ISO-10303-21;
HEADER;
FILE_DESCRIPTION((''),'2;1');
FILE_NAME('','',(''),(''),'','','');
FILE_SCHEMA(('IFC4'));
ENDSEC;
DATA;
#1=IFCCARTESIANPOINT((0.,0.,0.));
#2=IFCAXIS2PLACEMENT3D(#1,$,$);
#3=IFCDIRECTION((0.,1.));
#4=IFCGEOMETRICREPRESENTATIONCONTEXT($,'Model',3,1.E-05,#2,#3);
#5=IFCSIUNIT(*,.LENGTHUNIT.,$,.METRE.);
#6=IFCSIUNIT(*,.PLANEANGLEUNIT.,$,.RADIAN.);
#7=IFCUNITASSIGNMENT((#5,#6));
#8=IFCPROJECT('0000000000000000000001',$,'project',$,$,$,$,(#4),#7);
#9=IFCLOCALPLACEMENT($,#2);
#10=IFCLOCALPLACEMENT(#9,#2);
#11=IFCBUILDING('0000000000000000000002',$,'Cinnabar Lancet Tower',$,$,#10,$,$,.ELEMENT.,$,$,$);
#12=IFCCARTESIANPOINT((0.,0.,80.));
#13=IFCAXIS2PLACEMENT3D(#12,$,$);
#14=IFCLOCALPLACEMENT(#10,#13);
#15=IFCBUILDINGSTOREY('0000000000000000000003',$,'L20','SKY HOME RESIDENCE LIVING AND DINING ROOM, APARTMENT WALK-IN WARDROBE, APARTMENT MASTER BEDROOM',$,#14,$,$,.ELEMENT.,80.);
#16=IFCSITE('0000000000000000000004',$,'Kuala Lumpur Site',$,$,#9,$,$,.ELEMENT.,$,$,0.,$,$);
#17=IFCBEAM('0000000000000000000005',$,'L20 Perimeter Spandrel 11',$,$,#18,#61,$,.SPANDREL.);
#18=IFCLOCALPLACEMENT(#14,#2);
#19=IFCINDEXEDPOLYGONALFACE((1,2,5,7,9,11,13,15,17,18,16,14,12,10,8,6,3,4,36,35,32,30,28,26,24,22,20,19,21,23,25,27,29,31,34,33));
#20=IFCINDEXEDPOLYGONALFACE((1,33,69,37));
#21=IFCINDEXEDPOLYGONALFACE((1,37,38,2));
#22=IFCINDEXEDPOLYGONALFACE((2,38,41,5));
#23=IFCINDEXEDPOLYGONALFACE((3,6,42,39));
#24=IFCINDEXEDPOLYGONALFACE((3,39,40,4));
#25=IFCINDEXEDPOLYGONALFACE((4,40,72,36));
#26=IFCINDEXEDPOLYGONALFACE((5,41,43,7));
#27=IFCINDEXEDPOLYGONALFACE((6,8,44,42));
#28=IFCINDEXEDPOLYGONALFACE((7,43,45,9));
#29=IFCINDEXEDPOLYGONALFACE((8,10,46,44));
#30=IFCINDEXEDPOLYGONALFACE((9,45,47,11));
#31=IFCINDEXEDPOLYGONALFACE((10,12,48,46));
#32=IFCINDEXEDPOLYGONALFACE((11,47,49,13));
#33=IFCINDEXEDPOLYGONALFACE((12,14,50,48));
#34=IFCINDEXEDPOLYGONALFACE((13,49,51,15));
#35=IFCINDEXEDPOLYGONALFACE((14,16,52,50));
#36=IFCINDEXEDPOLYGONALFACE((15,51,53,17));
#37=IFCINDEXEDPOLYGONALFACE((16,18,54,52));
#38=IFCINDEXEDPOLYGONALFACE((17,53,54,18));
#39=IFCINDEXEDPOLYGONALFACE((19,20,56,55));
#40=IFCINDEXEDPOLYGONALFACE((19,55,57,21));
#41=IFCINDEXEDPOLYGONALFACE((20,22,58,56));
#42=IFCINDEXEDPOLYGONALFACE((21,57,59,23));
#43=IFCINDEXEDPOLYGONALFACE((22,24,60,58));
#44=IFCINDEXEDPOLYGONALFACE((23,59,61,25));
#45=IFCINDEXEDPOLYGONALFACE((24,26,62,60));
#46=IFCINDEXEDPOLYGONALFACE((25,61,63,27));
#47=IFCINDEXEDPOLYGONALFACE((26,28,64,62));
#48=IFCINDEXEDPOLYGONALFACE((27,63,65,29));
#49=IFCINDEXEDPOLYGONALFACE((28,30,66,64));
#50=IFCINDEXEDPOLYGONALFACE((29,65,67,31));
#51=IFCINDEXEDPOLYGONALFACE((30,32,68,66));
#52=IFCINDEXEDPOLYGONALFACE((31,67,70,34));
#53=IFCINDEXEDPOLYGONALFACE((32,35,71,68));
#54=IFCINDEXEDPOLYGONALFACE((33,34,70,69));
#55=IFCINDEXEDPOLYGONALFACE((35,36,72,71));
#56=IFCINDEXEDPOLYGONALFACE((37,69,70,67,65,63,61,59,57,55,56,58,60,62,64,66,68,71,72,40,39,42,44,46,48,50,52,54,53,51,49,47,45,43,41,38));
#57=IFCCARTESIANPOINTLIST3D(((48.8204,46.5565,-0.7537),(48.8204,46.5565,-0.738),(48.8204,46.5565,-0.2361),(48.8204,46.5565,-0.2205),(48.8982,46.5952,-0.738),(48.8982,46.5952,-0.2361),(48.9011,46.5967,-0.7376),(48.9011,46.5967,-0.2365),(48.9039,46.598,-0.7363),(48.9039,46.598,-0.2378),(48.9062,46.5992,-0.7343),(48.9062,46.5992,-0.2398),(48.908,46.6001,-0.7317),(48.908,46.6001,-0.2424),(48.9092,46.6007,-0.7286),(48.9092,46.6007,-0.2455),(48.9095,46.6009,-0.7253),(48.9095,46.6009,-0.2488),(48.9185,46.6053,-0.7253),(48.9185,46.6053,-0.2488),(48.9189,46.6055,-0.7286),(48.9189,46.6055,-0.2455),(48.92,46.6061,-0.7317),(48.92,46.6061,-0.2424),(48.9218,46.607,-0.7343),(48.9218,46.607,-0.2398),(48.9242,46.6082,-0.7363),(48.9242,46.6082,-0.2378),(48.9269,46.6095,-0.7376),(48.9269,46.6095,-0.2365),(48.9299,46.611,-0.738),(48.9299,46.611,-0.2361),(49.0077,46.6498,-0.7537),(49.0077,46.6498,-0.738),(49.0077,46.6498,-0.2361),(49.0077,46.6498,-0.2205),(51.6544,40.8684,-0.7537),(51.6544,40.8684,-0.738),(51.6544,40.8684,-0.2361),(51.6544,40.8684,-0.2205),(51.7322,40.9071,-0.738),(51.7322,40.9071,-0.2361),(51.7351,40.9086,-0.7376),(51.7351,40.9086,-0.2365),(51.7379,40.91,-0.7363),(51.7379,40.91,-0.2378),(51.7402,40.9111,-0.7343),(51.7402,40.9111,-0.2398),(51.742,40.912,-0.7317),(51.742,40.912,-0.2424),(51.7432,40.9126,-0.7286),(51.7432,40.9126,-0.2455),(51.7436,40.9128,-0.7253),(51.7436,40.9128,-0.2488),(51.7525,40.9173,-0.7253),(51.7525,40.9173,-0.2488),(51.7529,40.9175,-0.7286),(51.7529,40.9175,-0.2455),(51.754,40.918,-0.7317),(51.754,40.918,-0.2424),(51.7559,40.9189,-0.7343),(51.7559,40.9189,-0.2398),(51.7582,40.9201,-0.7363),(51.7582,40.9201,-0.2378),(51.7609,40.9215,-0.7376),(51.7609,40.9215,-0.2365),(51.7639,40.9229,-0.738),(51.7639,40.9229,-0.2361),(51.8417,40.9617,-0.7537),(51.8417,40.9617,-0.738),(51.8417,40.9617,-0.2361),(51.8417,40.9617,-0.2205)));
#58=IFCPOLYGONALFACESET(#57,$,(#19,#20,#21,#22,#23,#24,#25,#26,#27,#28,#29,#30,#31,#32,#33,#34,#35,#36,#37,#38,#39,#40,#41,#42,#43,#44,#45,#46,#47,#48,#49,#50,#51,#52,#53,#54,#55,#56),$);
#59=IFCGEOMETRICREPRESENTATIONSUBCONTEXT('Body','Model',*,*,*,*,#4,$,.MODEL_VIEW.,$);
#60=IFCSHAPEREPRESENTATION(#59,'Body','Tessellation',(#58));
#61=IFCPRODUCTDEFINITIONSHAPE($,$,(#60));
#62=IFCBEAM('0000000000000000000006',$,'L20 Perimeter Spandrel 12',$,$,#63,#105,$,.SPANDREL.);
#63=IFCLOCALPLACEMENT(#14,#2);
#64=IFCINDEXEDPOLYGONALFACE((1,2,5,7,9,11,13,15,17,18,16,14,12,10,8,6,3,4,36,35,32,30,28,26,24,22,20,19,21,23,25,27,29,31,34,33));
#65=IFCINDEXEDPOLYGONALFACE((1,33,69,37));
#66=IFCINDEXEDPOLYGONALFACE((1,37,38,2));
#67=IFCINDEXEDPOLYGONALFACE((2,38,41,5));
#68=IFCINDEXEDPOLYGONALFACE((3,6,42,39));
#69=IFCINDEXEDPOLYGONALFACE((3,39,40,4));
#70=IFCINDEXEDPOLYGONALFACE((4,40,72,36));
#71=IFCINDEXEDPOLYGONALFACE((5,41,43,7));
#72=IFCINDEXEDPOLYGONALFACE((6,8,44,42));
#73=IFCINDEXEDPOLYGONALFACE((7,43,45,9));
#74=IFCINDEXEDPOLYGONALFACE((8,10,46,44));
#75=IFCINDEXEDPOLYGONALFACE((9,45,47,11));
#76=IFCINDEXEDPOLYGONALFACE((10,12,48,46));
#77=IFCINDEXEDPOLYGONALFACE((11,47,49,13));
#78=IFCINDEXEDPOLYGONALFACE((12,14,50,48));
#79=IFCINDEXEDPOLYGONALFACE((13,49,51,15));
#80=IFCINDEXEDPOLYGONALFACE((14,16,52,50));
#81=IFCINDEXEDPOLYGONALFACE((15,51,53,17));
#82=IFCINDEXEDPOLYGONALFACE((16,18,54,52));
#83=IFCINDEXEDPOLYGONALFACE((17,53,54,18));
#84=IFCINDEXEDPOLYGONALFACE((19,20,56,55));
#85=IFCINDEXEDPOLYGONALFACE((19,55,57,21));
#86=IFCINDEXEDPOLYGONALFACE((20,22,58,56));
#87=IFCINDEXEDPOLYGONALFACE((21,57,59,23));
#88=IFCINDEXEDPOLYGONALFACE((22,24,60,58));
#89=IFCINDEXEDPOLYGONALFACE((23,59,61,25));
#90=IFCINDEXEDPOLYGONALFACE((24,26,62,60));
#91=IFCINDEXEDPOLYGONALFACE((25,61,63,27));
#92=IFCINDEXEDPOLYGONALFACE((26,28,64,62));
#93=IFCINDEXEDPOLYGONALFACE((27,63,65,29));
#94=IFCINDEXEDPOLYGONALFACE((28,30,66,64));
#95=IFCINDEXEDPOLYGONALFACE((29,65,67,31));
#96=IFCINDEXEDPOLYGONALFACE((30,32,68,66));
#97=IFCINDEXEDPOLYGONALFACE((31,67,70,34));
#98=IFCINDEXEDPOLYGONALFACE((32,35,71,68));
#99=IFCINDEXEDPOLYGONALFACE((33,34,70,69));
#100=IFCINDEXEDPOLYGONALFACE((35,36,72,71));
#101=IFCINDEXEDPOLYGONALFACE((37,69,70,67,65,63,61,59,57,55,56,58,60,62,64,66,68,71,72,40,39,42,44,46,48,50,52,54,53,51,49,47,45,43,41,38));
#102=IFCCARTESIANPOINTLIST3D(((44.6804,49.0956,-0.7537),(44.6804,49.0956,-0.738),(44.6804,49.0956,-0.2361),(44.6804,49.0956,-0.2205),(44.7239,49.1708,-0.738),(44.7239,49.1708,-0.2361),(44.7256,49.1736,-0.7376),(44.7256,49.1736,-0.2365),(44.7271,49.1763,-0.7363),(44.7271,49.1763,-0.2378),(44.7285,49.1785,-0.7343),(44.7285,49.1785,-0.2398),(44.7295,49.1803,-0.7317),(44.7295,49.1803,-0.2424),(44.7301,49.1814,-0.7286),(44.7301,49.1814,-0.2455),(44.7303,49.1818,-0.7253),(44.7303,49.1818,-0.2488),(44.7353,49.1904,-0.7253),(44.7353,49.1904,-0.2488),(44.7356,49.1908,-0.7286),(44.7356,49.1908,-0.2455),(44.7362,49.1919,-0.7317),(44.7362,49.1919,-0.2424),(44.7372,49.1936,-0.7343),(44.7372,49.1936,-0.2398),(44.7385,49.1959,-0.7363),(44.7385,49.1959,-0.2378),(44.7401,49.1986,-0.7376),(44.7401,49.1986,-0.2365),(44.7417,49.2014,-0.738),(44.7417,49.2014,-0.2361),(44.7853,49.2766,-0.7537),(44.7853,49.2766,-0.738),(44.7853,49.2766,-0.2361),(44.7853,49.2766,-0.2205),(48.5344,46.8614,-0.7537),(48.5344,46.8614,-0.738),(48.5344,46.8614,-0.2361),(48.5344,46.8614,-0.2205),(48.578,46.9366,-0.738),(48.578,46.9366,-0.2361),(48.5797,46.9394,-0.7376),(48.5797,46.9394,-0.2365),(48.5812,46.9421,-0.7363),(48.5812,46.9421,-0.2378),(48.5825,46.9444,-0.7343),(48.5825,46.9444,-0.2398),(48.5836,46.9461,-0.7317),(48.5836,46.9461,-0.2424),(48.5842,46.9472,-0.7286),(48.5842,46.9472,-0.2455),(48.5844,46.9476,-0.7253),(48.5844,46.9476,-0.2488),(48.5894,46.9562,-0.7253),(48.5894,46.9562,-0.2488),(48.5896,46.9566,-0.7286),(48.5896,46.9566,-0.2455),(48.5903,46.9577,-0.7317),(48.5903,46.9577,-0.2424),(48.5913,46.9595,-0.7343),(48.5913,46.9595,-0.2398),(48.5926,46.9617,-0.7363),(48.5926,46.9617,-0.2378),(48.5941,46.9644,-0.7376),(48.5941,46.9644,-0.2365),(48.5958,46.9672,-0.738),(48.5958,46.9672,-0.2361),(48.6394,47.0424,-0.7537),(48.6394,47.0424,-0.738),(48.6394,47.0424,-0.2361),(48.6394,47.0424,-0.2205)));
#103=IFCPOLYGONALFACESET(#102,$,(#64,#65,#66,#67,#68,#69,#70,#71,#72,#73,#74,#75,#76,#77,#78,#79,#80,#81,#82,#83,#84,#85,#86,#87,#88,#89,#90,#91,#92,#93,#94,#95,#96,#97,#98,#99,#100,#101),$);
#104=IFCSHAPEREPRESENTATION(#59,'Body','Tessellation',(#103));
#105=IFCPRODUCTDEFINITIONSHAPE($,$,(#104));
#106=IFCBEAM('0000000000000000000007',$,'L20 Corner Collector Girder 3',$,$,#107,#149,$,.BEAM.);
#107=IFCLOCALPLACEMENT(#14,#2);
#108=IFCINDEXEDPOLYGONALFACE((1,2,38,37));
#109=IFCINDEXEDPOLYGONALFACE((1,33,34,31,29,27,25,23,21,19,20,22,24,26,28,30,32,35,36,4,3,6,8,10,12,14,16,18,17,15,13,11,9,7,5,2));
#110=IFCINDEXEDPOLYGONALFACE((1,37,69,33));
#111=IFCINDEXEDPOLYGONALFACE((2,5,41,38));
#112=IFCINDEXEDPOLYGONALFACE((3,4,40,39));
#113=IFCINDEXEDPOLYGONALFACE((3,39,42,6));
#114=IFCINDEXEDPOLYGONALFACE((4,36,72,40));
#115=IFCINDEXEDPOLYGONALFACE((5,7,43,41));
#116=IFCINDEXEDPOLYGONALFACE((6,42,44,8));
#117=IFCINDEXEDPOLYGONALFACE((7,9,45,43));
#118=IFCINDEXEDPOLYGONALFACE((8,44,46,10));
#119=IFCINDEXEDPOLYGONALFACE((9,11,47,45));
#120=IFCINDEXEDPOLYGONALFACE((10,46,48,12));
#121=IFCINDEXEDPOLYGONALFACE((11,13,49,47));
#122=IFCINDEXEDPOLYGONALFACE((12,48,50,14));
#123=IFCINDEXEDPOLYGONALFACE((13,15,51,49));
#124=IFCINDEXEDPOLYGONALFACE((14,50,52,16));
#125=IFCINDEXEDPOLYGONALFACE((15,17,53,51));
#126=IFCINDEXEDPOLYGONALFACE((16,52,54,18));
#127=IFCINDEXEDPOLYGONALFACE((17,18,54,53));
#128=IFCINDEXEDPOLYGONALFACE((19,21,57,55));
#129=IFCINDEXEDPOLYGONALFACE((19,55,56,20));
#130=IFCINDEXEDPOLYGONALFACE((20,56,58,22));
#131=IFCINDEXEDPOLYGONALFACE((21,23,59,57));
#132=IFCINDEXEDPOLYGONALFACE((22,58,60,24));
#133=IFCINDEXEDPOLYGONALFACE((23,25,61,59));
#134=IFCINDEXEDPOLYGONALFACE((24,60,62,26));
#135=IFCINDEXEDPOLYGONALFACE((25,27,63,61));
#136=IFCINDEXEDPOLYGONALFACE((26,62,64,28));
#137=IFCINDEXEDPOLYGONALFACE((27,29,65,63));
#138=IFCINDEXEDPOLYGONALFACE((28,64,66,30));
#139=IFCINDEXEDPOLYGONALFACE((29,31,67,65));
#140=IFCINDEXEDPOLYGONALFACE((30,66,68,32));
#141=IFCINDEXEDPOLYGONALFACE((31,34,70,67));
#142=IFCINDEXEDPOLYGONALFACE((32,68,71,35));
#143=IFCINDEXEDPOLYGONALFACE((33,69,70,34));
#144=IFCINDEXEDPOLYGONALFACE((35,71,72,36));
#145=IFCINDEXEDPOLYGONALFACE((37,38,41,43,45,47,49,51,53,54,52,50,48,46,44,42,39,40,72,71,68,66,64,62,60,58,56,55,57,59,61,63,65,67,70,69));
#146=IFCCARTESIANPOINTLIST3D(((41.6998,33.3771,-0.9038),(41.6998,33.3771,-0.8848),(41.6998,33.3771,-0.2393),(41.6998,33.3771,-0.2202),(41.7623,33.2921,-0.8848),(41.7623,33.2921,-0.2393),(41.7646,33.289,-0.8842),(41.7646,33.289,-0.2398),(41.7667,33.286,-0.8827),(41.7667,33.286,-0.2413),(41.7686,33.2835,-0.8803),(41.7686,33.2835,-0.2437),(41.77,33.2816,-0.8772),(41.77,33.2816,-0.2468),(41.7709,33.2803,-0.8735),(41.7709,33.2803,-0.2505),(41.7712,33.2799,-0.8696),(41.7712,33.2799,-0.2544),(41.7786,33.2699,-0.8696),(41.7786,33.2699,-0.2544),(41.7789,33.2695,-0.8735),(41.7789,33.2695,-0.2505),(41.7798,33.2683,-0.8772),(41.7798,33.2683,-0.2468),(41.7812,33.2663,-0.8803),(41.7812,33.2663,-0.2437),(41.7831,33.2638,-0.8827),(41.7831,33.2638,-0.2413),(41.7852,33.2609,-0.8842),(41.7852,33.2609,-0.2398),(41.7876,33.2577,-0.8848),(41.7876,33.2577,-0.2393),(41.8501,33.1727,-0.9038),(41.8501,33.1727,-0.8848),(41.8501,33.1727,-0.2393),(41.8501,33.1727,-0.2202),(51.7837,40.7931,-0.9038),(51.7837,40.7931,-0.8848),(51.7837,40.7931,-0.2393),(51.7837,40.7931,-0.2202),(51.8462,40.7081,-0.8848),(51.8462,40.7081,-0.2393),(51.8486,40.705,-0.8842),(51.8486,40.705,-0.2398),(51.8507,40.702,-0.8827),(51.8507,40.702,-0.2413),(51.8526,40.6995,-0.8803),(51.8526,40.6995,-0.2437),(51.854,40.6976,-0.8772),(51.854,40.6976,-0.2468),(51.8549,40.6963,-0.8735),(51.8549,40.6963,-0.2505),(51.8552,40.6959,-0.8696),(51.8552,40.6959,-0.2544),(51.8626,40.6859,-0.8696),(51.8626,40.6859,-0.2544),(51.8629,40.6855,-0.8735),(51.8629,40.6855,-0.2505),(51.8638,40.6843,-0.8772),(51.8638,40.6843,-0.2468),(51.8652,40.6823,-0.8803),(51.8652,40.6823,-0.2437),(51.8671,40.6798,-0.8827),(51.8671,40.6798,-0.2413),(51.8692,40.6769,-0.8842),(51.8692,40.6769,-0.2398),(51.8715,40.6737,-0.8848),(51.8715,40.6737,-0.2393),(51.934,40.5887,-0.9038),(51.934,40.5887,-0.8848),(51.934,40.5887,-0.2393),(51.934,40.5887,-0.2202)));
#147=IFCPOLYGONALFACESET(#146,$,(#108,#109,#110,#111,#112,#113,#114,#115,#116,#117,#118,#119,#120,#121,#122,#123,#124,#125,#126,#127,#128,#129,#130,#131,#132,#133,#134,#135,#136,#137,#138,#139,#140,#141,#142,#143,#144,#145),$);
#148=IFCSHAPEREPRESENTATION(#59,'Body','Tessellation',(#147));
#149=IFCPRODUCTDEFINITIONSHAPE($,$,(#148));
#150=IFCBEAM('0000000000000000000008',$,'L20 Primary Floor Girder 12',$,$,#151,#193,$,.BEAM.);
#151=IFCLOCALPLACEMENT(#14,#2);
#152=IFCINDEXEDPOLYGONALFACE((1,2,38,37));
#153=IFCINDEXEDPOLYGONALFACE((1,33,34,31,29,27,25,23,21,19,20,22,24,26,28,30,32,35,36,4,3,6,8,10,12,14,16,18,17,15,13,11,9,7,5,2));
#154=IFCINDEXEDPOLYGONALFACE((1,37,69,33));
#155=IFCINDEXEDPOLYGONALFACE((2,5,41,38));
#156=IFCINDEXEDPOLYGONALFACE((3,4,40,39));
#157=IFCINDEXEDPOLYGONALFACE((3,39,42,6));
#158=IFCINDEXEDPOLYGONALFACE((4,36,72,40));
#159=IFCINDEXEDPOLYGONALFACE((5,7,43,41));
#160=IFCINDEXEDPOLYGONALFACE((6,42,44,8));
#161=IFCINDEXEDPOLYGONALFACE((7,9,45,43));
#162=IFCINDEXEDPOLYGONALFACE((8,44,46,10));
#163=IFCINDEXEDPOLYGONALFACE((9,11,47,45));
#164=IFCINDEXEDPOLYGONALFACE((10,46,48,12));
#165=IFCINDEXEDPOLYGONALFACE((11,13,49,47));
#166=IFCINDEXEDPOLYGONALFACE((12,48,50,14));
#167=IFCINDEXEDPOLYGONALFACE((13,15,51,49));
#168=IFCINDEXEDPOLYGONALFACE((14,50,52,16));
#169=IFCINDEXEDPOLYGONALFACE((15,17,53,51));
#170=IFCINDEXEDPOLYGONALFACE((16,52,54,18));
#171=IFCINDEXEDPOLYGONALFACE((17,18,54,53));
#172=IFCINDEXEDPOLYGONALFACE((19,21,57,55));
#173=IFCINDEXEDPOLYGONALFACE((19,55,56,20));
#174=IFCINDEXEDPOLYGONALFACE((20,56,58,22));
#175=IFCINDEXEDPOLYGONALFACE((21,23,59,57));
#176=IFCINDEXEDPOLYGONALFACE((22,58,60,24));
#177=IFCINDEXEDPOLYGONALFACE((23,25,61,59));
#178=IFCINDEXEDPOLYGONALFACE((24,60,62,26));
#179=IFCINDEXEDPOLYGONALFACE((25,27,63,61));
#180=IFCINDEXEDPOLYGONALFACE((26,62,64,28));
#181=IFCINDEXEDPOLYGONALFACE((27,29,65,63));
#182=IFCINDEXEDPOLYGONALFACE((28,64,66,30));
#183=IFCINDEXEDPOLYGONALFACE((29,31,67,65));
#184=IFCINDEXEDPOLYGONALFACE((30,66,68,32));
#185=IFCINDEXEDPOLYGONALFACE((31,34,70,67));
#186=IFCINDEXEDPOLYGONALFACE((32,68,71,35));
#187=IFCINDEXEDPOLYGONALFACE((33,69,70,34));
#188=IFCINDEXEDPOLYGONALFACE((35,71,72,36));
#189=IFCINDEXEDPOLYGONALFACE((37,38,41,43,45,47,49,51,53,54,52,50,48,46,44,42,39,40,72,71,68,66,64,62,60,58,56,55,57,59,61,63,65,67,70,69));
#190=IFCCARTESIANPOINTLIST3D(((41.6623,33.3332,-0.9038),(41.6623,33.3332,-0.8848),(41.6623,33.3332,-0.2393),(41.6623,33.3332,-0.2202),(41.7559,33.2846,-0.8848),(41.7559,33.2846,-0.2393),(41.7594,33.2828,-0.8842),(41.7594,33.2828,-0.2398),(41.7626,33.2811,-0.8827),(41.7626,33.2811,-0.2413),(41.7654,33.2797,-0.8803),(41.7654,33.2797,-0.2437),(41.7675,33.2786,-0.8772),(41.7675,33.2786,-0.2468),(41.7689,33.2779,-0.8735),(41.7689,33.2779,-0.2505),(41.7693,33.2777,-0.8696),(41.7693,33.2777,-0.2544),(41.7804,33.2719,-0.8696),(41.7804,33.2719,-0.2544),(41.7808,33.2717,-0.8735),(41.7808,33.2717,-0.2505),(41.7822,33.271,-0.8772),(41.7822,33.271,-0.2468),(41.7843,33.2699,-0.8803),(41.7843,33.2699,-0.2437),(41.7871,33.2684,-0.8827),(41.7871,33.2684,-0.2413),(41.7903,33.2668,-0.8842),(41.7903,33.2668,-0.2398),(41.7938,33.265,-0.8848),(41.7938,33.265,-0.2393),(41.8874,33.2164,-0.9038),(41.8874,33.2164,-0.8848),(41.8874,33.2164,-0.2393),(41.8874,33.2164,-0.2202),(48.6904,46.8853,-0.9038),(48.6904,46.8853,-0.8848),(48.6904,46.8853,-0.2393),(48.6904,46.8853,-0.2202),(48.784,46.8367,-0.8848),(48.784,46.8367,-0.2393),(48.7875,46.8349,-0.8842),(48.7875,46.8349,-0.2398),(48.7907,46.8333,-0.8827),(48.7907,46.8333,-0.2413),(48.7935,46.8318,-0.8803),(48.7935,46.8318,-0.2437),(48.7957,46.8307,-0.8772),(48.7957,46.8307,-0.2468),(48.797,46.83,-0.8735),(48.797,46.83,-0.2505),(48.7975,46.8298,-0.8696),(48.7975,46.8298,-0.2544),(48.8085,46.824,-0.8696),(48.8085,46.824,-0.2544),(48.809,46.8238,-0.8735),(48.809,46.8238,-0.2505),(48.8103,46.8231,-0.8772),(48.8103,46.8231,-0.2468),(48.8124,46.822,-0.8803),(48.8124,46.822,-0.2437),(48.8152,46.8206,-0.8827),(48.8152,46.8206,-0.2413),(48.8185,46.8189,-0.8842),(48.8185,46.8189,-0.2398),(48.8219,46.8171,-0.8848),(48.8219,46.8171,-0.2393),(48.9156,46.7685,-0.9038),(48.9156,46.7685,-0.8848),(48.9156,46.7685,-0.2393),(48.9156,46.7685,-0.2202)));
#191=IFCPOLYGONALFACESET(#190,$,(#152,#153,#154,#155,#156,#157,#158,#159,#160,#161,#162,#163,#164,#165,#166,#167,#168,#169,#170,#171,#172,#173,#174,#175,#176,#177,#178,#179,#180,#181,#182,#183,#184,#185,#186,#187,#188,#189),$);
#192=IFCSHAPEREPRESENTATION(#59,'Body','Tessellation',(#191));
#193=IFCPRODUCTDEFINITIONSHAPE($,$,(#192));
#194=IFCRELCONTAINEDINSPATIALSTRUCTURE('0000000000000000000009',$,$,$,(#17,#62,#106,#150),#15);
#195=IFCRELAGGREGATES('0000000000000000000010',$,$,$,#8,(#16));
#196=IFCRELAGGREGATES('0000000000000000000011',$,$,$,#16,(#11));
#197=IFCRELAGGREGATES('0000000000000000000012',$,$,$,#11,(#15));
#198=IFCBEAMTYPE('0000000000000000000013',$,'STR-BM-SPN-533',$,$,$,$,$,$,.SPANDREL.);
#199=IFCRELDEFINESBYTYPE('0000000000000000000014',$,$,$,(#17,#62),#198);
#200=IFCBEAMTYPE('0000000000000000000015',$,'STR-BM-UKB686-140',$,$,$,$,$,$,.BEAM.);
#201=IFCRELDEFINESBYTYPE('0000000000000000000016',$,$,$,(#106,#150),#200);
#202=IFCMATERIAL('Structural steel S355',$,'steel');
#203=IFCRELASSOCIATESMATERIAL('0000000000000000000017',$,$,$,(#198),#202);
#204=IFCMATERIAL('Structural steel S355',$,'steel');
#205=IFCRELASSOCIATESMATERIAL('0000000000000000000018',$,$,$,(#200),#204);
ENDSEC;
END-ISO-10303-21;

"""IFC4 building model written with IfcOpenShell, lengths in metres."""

from ifc_helpers import new_model, si_unit, direction, frame, origin, origin_2d, place, context, subcontext, project, spatial, i_section, extrude, material, material_profile, profile_set, type_object, element, save


model = new_model("IFC4")

# Units and contexts
model_context = context("Model", 3, precision=1e-05, world=origin(), true_north=direction((0.0, 1.0)))
body_context = subcontext(model_context, "Body", "Model", "MODEL_VIEW")
ifc_project = project(units=[si_unit("LENGTHUNIT", "METRE"), si_unit("PLANEANGLEUNIT", "RADIAN")], contexts=[model_context])

# Site, building, storey
site_placement = place(None, origin())
site = spatial("IfcSite", under=ifc_project, at=site_placement, Name="Kuala Lumpur Site", CompositionType="ELEMENT", RefElevation=0.0)
building_placement = place(site_placement, origin())
building = spatial("IfcBuilding", under=site, at=building_placement, Name="Cinnabar Lancet Tower", CompositionType="ELEMENT")
storey_placement = place(building_placement, frame((0.0, 0.0, 80.0)))
storey = spatial("IfcBuildingStorey", under=building, at=storey_placement, Name="L20", Description="SKY HOME RESIDENCE LIVING AND DINING ROOM, APARTMENT WALK-IN WARDROBE, APARTMENT MASTER BEDROOM", CompositionType="ELEMENT", Elevation=80.0)

# Beams
ifc_material_1 = material(Name="Structural steel S355", Category="steel")
ifc_material_profile_1 = material_profile(ifc_material_1, i_section(OverallWidth=0.2092, OverallDepth=0.5332, WebThickness=0.01, FlangeThickness=0.0156, FilletRadius=0.0127, at=origin_2d()), Name="UKB 533x210x92")
ifc_profile_set_1 = profile_set([ifc_material_profile_1], Name="Structural steel S355")
beam_type_1 = type_object("IfcBeamType", Name="STR-BM-SPN-533", PredefinedType="SPANDREL", material=ifc_profile_set_1)
beam_1_placement = place(storey_placement, frame((51.748, 40.915, -0.4871), z_axis=(-0.445953, 0.895056, 0.0), x_axis=(-0.895056, -0.445953, 0.0)))
element("IfcBeam", 1, at=beam_1_placement, inside=storey, type_object=beam_type_1, Name="L20 Perimeter Spandrel 11", PredefinedType="SPANDREL", context=body_context, shape_type="SweptSolid", body=[
    extrude(i_section(OverallWidth=0.2092, OverallDepth=0.5332, WebThickness=0.01, FlangeThickness=0.0156, FilletRadius=0.0127, at=origin_2d()), origin(), (0.0, 0.0, 1.0), 6.355),
])
beam_2_placement = place(storey_placement, frame((48.5869, 46.9519, -0.4871), z_axis=(-0.865147, 0.501518, 0.0), x_axis=(-0.501518, -0.865147, 0.0)))
element("IfcBeam", 2, at=beam_2_placement, inside=storey, type_object=beam_type_1, Name="L20 Perimeter Spandrel 12", PredefinedType="SPANDREL", context=body_context, shape_type="SweptSolid", body=[
    extrude(i_section(OverallWidth=0.2092, OverallDepth=0.5332, WebThickness=0.01, FlangeThickness=0.0156, FilletRadius=0.0127, at=origin_2d()), origin(), (0.0, 0.0, 1.0), 4.4548),
])
ifc_material_2 = material(Name="Structural steel S355", Category="steel")
ifc_material_profile_2 = material_profile(ifc_material_2, i_section(OverallWidth=0.2537, OverallDepth=0.6836, WebThickness=0.0125, FlangeThickness=0.019, FilletRadius=0.0151, at=origin_2d()), Name="UKB 686x254x140")
ifc_profile_set_2 = profile_set([ifc_material_profile_2], Name="Structural steel S355")
beam_type_2 = type_object("IfcBeamType", Name="STR-BM-UKB686-140", PredefinedType="BEAM", material=ifc_profile_set_2)
beam_3_placement = place(storey_placement, frame((51.8589, 40.6909, -0.562), z_axis=(-0.805601, -0.592459, 0.0), x_axis=(0.592459, -0.805601, 0.0)))
element("IfcBeam", 3, at=beam_3_placement, inside=storey, type_object=beam_type_2, Name="L20 Corner Collector Girder 3", PredefinedType="BEAM", context=body_context, shape_type="SweptSolid", body=[
    extrude(i_section(OverallWidth=0.2537, OverallDepth=0.6836, WebThickness=0.0125, FlangeThickness=0.019, FilletRadius=0.0151, at=origin_2d()), origin(), (0.0, 0.0, 1.0), 12.5173),
])
beam_4_placement = place(storey_placement, frame((48.803, 46.8269, -0.562), z_axis=(-0.460375, -0.887725, 0.0), x_axis=(0.887725, -0.460375, 0.0)))
element("IfcBeam", 4, at=beam_4_placement, inside=storey, type_object=beam_type_2, Name="L20 Primary Floor Girder 12", PredefinedType="BEAM", context=body_context, shape_type="SweptSolid", body=[
    extrude(i_section(OverallWidth=0.2537, OverallDepth=0.6836, WebThickness=0.0125, FlangeThickness=0.019, FilletRadius=0.0151, at=origin_2d()), origin(), (0.0, 0.0, 1.0), 15.2661),
])

save(model, "model.ifc")
